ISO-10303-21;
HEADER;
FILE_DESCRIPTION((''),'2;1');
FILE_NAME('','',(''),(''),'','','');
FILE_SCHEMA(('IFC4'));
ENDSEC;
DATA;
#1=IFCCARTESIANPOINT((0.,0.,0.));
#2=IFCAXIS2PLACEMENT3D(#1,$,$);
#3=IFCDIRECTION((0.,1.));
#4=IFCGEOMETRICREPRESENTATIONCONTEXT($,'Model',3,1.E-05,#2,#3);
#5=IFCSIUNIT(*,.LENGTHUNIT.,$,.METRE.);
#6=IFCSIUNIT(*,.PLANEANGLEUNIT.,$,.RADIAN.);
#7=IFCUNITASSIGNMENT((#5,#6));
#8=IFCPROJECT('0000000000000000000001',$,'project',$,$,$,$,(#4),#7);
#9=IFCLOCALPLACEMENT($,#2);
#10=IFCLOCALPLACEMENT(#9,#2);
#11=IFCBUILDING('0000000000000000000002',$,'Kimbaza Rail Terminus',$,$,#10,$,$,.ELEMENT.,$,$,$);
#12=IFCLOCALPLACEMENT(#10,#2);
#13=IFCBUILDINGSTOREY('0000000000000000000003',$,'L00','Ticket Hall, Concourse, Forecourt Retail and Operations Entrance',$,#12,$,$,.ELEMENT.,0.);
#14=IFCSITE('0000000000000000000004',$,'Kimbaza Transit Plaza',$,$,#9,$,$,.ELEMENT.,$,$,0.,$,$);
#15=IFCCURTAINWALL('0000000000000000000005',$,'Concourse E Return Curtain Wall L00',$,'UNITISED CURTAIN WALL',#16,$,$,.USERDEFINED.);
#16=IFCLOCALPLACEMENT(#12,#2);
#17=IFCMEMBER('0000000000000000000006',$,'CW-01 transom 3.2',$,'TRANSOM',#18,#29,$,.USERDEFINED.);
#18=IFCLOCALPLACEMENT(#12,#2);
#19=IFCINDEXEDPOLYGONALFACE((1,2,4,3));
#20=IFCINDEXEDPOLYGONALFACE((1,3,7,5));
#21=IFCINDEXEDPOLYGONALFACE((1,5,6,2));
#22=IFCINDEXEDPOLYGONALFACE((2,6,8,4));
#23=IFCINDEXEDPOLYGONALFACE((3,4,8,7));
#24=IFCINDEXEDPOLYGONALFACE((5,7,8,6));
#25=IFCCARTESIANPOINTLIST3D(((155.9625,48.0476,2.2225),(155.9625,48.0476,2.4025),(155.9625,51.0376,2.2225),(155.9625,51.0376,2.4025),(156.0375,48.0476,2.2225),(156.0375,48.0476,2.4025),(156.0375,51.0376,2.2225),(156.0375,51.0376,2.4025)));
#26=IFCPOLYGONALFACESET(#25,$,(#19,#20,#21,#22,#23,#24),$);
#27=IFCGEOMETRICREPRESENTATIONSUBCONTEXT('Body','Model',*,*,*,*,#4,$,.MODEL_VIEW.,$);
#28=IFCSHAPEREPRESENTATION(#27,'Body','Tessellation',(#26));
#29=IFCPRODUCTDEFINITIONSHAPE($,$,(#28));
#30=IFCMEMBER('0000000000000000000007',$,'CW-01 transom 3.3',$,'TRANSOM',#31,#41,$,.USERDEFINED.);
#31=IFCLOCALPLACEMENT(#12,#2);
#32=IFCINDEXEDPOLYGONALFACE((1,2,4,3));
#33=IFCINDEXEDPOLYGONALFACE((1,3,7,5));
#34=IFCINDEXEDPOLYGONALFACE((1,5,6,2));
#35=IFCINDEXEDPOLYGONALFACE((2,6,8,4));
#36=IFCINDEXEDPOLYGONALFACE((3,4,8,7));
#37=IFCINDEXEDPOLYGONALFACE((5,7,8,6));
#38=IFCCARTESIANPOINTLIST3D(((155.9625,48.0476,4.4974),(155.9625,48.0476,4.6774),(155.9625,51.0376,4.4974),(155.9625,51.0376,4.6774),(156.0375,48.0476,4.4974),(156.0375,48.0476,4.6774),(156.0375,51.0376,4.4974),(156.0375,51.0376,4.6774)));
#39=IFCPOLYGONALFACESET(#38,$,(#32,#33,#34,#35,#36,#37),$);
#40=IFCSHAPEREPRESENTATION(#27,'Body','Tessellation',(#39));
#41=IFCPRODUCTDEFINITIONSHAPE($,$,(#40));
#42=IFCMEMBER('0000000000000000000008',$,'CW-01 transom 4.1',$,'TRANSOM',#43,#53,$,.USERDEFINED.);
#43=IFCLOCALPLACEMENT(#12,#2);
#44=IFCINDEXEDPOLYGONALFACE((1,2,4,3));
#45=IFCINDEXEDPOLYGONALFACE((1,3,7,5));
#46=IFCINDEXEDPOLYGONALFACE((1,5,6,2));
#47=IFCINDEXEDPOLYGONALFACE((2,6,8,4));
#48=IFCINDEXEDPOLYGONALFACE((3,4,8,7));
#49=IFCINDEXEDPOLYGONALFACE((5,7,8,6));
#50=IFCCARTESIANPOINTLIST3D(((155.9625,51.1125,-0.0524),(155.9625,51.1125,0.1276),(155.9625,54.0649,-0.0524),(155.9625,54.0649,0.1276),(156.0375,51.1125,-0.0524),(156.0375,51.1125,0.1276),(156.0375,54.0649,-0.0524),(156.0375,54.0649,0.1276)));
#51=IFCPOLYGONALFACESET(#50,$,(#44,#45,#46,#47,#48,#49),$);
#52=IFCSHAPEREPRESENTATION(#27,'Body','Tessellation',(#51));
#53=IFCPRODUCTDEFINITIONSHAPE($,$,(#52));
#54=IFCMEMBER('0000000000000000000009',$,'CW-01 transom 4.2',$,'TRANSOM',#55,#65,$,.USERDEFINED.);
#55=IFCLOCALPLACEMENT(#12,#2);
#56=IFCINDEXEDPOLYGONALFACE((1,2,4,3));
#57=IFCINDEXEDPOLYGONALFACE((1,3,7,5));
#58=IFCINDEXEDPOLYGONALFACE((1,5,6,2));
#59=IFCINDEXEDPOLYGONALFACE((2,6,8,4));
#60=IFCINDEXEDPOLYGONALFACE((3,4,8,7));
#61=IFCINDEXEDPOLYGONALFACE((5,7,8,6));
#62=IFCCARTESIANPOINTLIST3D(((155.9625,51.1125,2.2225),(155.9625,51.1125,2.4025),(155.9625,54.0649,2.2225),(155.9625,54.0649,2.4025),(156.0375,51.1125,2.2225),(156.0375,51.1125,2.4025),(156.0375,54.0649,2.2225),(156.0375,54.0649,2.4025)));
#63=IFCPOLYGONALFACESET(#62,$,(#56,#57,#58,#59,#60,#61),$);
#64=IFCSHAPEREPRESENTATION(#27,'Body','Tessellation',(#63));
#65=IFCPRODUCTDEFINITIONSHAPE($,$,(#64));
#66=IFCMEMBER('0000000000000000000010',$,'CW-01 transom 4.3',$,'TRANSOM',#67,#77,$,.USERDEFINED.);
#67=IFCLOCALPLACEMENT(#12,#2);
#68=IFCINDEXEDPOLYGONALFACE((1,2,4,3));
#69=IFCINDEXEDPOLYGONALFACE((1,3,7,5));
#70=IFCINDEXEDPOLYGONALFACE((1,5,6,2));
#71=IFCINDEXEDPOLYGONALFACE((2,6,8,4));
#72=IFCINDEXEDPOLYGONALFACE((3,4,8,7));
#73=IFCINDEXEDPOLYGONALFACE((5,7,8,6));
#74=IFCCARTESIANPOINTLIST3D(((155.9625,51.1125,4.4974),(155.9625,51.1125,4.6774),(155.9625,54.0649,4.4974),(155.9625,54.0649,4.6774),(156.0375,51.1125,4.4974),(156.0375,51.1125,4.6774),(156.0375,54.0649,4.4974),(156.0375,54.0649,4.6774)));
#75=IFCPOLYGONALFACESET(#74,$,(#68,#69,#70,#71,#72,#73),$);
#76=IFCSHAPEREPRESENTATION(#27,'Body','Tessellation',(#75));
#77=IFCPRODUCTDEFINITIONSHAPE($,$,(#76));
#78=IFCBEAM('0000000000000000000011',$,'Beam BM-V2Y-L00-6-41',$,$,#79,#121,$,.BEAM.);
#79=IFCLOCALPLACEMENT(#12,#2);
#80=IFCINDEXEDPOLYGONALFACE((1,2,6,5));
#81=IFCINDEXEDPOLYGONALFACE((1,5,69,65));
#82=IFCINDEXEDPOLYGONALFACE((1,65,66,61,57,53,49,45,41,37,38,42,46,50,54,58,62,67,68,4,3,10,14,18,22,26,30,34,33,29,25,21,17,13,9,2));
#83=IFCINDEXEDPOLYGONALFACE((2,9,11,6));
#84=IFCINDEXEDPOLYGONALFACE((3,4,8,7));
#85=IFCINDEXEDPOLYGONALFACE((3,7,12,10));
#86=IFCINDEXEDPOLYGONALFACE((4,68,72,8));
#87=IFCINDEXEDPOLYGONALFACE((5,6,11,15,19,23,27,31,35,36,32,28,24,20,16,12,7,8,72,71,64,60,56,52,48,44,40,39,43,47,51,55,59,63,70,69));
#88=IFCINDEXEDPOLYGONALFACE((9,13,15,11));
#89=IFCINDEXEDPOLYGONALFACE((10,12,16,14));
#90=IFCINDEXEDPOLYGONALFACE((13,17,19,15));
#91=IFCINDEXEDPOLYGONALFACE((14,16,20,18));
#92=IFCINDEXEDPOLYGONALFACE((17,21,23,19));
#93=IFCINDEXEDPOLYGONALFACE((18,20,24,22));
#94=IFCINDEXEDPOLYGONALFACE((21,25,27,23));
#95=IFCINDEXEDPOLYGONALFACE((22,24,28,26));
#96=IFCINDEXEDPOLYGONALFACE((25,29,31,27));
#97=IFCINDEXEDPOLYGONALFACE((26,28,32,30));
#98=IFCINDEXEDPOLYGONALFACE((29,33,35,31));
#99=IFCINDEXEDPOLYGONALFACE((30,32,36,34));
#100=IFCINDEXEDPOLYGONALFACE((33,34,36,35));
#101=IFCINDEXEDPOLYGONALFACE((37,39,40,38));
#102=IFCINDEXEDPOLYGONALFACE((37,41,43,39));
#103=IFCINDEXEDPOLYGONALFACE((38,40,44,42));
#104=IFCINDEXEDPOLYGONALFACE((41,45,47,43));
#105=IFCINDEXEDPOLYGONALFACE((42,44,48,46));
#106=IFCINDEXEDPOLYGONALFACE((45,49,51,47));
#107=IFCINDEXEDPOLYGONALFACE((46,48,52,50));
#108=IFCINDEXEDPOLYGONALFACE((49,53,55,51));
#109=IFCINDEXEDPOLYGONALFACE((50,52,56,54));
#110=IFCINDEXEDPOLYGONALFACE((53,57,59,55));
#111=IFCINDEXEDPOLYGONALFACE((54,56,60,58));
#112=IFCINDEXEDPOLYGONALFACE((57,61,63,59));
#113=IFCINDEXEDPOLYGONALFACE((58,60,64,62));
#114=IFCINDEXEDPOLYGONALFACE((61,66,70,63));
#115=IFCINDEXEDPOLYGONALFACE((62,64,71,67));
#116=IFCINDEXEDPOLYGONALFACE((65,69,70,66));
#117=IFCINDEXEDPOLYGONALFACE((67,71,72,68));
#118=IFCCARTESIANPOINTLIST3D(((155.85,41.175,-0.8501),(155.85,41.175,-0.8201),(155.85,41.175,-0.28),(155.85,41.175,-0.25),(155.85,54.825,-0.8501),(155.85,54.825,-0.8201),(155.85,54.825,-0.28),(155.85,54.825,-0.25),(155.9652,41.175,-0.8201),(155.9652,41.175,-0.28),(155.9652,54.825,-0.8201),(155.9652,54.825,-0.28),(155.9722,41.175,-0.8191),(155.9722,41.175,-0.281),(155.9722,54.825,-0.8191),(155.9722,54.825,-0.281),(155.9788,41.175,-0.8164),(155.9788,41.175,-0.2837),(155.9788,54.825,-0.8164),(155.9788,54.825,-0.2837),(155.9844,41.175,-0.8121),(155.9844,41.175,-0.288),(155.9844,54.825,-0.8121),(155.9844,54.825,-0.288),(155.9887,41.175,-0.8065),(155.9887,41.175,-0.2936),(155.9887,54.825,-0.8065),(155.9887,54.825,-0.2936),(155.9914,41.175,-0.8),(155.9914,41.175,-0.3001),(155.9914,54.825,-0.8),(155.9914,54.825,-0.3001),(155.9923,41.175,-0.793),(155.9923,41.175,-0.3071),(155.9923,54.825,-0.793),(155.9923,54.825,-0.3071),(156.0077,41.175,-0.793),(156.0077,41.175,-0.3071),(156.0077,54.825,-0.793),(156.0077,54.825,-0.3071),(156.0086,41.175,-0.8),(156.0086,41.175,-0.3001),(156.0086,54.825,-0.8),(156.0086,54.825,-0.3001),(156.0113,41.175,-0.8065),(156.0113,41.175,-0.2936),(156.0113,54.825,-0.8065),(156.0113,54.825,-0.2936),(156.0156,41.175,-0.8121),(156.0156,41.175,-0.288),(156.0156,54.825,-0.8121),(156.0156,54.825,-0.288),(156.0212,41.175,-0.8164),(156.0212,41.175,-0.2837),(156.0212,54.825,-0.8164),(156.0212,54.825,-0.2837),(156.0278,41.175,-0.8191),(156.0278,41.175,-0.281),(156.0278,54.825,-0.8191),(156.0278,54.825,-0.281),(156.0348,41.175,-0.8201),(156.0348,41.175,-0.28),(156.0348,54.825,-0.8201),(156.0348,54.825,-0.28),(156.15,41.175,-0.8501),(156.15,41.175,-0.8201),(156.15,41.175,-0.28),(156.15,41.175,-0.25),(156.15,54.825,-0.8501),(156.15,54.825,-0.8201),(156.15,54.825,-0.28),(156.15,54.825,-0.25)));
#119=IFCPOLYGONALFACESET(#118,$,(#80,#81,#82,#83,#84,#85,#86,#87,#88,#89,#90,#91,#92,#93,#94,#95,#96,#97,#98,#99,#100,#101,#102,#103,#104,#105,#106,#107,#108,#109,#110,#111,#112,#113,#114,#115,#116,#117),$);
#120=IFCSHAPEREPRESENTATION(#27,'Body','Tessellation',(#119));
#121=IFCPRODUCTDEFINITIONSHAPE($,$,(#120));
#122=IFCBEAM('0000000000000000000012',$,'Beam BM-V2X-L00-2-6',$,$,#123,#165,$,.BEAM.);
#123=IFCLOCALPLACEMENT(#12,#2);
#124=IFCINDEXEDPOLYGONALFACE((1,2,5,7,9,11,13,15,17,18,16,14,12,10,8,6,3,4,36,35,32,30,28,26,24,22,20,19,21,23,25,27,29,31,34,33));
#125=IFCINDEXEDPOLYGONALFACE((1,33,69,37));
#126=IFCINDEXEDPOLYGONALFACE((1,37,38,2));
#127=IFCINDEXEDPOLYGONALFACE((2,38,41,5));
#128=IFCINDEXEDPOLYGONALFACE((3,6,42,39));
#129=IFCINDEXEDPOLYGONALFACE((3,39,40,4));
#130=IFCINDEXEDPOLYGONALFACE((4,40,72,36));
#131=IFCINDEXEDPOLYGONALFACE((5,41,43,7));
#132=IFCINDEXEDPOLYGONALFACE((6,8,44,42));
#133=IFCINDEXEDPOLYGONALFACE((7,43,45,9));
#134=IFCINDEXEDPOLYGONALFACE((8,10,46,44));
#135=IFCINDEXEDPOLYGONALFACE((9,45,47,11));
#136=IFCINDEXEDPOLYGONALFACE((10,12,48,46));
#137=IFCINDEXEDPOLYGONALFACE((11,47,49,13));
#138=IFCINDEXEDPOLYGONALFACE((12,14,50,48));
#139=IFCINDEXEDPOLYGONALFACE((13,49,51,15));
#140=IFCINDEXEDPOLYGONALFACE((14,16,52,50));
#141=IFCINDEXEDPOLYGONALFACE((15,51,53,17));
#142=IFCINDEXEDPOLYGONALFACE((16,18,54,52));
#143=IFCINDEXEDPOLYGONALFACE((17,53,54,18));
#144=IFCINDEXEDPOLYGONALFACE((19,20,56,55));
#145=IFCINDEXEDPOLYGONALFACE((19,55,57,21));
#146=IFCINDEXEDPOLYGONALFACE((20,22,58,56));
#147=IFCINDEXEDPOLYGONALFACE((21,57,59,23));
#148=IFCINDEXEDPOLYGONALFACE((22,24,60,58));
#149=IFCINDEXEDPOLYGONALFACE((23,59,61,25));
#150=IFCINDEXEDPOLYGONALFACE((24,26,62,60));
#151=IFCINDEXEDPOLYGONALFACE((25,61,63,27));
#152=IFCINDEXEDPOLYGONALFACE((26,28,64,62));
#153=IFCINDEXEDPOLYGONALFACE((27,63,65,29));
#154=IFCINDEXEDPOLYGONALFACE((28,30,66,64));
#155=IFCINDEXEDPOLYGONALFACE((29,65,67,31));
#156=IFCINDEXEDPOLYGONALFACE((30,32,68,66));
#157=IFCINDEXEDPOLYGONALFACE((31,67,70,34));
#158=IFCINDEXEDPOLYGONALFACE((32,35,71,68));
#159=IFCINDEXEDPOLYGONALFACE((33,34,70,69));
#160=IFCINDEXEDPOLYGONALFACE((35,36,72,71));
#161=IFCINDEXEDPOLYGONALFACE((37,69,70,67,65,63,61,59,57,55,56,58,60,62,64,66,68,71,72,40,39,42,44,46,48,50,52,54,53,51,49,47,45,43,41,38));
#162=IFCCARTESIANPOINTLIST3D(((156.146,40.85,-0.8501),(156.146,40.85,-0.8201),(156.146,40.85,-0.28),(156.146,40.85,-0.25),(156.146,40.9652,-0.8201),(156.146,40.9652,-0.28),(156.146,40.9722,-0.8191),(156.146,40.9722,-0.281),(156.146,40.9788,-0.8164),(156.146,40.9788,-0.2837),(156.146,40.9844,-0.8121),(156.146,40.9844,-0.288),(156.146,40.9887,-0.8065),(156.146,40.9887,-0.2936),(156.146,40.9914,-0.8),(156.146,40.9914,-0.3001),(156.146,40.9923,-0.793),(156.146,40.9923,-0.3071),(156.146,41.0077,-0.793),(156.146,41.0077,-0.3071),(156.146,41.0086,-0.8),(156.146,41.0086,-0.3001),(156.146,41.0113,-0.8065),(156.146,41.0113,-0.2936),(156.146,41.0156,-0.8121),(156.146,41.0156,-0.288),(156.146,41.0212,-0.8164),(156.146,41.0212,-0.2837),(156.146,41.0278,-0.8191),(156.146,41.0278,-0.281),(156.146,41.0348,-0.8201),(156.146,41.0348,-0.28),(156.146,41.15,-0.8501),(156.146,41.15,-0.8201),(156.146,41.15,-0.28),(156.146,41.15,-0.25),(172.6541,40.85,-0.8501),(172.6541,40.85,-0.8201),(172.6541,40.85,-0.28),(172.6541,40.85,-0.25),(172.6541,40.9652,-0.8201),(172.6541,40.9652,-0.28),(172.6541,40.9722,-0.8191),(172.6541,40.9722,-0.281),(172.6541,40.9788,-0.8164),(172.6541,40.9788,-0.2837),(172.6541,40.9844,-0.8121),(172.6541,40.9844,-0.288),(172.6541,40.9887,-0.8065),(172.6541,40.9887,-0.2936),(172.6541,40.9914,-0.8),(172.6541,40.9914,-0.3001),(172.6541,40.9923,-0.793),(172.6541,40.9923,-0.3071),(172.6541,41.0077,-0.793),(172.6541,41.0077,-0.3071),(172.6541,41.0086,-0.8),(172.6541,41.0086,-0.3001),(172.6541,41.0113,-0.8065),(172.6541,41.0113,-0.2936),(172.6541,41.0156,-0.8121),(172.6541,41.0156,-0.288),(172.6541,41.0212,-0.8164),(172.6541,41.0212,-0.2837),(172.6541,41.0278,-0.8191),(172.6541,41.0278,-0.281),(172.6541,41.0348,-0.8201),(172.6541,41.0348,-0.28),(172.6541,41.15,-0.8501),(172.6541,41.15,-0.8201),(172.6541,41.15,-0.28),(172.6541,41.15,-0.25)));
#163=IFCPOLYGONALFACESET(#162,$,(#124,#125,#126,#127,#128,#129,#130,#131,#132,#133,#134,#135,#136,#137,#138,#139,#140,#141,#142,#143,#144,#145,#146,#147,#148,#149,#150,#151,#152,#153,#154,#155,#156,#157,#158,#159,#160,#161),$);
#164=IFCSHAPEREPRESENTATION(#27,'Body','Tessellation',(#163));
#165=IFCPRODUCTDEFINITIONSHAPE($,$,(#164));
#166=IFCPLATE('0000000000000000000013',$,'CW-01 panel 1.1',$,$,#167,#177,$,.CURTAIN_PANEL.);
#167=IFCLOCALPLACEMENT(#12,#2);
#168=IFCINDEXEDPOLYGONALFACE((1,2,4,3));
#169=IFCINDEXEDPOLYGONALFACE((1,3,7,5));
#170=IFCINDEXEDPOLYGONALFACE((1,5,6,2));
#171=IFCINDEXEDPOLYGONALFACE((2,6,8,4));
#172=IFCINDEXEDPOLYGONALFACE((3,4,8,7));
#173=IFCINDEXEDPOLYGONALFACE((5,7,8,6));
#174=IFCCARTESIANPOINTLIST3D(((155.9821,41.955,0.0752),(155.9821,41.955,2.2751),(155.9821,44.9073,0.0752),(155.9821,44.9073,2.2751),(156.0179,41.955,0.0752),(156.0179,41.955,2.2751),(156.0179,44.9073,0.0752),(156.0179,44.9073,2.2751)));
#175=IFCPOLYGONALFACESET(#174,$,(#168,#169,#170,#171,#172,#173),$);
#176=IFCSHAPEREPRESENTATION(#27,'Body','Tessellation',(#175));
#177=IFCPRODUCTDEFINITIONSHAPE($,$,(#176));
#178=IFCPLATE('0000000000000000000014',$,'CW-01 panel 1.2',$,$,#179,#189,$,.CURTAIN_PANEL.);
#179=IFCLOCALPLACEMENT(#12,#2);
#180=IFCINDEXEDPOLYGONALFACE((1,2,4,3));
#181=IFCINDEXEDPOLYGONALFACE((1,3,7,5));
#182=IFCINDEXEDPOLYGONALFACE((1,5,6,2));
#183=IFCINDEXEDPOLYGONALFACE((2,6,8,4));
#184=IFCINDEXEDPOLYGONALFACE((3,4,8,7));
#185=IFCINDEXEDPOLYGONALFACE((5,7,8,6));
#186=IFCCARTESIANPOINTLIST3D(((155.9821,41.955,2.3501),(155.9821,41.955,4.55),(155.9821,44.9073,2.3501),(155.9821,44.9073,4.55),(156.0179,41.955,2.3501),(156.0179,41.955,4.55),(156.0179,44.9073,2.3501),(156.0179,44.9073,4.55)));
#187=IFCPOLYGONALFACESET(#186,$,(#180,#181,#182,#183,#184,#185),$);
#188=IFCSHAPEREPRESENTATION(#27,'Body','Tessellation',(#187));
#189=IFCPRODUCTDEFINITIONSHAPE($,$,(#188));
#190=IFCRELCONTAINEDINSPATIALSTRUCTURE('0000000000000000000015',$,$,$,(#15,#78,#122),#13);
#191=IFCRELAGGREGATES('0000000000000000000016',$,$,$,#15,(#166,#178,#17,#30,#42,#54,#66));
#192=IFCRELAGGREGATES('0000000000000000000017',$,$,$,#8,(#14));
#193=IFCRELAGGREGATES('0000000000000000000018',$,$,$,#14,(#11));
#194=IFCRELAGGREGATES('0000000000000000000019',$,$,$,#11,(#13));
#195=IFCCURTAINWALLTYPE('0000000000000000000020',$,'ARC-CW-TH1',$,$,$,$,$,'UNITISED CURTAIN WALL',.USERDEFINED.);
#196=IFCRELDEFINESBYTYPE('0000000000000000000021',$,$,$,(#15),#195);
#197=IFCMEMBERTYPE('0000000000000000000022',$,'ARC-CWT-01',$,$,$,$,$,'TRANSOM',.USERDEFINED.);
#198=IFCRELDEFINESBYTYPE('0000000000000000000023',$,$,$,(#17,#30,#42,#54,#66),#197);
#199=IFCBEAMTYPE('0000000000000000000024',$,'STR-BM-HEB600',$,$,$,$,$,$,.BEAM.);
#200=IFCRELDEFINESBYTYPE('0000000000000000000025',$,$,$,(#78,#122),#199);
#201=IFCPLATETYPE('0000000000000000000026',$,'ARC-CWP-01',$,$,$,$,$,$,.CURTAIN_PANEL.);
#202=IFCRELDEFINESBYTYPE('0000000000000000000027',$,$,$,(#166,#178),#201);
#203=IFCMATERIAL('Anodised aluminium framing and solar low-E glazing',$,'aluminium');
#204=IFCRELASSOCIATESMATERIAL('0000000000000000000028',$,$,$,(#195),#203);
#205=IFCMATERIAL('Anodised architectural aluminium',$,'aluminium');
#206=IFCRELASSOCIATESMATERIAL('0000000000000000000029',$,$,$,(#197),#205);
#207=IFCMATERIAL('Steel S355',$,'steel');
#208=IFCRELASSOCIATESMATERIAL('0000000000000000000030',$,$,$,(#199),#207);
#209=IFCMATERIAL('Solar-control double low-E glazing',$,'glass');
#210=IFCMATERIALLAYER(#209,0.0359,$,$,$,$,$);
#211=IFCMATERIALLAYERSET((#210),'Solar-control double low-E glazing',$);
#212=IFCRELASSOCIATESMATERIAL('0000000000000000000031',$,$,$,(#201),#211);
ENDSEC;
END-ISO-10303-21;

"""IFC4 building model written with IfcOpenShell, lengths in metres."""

from ifc_helpers import new_model, si_unit, direction, frame, origin, origin_2d, place, context, subcontext, project, spatial, rectangle, i_section, extrude, material, layer, layer_set, material_profile, profile_set, type_object, element, aggregate, save


model = new_model("IFC4")

# Units and contexts
model_context = context("Model", 3, precision=1e-05, world=origin(), true_north=direction((0.0, 1.0)))
body_context = subcontext(model_context, "Body", "Model", "MODEL_VIEW")
ifc_project = project(units=[si_unit("LENGTHUNIT", "METRE"), si_unit("PLANEANGLEUNIT", "RADIAN")], contexts=[model_context])

# Site, building, storey
site_placement = place(None, origin())
site = spatial("IfcSite", under=ifc_project, at=site_placement, Name="Kimbaza Transit Plaza", CompositionType="ELEMENT", RefElevation=0.0)
building_placement = place(site_placement, origin())
building = spatial("IfcBuilding", under=site, at=building_placement, Name="Kimbaza Rail Terminus", CompositionType="ELEMENT")
storey_placement = place(building_placement, origin())
storey = spatial("IfcBuildingStorey", under=building, at=storey_placement, Name="L00", Description="Ticket Hall, Concourse, Forecourt Retail and Operations Entrance", CompositionType="ELEMENT", Elevation=0.0)

# Curtain wall, members
ifc_material_1 = material(Name="Anodised aluminium framing and solar low-E glazing", Category="aluminium")
curtain_wall_type = type_object("IfcCurtainWallType", Name="ARC-CW-TH1", ElementType="UNITISED CURTAIN WALL", PredefinedType="USERDEFINED", material=ifc_material_1)
curtain_wall_placement = place(storey_placement, origin())
curtain_wall = element("IfcCurtainWall", 1, at=curtain_wall_placement, inside=storey, type_object=curtain_wall_type, Name="Concourse E Return Curtain Wall L00", ObjectType="UNITISED CURTAIN WALL", PredefinedType="USERDEFINED")
ifc_material_2 = material(Name="Anodised architectural aluminium", Category="aluminium")
ifc_material_profile_1 = material_profile(ifc_material_2, rectangle(XDim=0.075, YDim=0.1799, at=origin_2d()), Name="TRANSOM 75x180")
ifc_profile_set_1 = profile_set([ifc_material_profile_1], Name="Anodised architectural aluminium")
member_type_1 = type_object("IfcMemberType", Name="ARC-CWT-01", ElementType="TRANSOM", PredefinedType="USERDEFINED", material=ifc_profile_set_1)
member_1_placement = place(storey_placement, frame((156.0, 48.0476, 2.3125), z_axis=(0.0, 1.0, 0.0), x_axis=(-1.0, 0.0, 0.0)))
member_1 = element("IfcMember", 2, at=member_1_placement, type_object=member_type_1, Name="CW-01 transom 3.2", ObjectType="TRANSOM", PredefinedType="USERDEFINED", context=body_context, shape_type="SweptSolid", body=[
    extrude(rectangle(XDim=0.075, YDim=0.1799, at=origin_2d()), origin(), (0.0, 0.0, 1.0), 2.99),
])
member_2_placement = place(storey_placement, frame((156.0, 48.0476, 4.5874), z_axis=(0.0, 1.0, 0.0), x_axis=(-1.0, 0.0, 0.0)))
member_2 = element("IfcMember", 3, at=member_2_placement, type_object=member_type_1, Name="CW-01 transom 3.3", ObjectType="TRANSOM", PredefinedType="USERDEFINED", context=body_context, shape_type="SweptSolid", body=[
    extrude(rectangle(XDim=0.075, YDim=0.1799, at=origin_2d()), origin(), (0.0, 0.0, 1.0), 2.99),
])
member_3_placement = place(storey_placement, frame((156.0, 51.1125, 0.0376), z_axis=(0.0, 1.0, 0.0), x_axis=(-1.0, 0.0, 0.0)))
member_3 = element("IfcMember", 4, at=member_3_placement, type_object=member_type_1, Name="CW-01 transom 4.1", ObjectType="TRANSOM", PredefinedType="USERDEFINED", context=body_context, shape_type="SweptSolid", body=[
    extrude(rectangle(XDim=0.075, YDim=0.1799, at=origin_2d()), origin(), (0.0, 0.0, 1.0), 2.9524),
])
member_4_placement = place(storey_placement, frame((156.0, 51.1125, 2.3125), z_axis=(0.0, 1.0, 0.0), x_axis=(-1.0, 0.0, 0.0)))
member_4 = element("IfcMember", 5, at=member_4_placement, type_object=member_type_1, Name="CW-01 transom 4.2", ObjectType="TRANSOM", PredefinedType="USERDEFINED", context=body_context, shape_type="SweptSolid", body=[
    extrude(rectangle(XDim=0.075, YDim=0.1799, at=origin_2d()), origin(), (0.0, 0.0, 1.0), 2.9524),
])
member_5_placement = place(storey_placement, frame((156.0, 51.1125, 4.5874), z_axis=(0.0, 1.0, 0.0), x_axis=(-1.0, 0.0, 0.0)))
member_5 = element("IfcMember", 6, at=member_5_placement, type_object=member_type_1, Name="CW-01 transom 4.3", ObjectType="TRANSOM", PredefinedType="USERDEFINED", context=body_context, shape_type="SweptSolid", body=[
    extrude(rectangle(XDim=0.075, YDim=0.1799, at=origin_2d()), origin(), (0.0, 0.0, 1.0), 2.9524),
])

# Beams
ifc_material_3 = material(Name="Steel S355", Category="steel")
ifc_material_profile_2 = material_profile(ifc_material_3, i_section(OverallWidth=0.3, OverallDepth=0.6001, WebThickness=0.0154, FlangeThickness=0.03, FilletRadius=0.0271, at=origin_2d()), Name="HEB 600")
ifc_profile_set_2 = profile_set([ifc_material_profile_2], Name="Steel S355")
beam_type = type_object("IfcBeamType", Name="STR-BM-HEB600", PredefinedType="BEAM", material=ifc_profile_set_2)
beam_1_placement = place(storey_placement, frame((156.0, 41.175, -0.55), z_axis=(0.0, 1.0, 0.0), x_axis=(-1.0, 0.0, 0.0)))
element("IfcBeam", 7, at=beam_1_placement, inside=storey, type_object=beam_type, Name="Beam BM-V2Y-L00-6-41", PredefinedType="BEAM", context=body_context, shape_type="SweptSolid", body=[
    extrude(i_section(OverallWidth=0.3, OverallDepth=0.6001, WebThickness=0.0154, FlangeThickness=0.03, FilletRadius=0.0271, at=origin_2d()), origin(), (0.0, 0.0, 1.0), 13.6499),
])
beam_2_placement = place(storey_placement, frame((156.146, 41.0, -0.55), z_axis=(1.0, 0.0, 0.0), x_axis=(0.0, 1.0, 0.0)))
element("IfcBeam", 8, at=beam_2_placement, inside=storey, type_object=beam_type, Name="Beam BM-V2X-L00-2-6", PredefinedType="BEAM", context=body_context, shape_type="SweptSolid", body=[
    extrude(i_section(OverallWidth=0.3, OverallDepth=0.6001, WebThickness=0.0154, FlangeThickness=0.03, FilletRadius=0.0271, at=origin_2d()), origin(), (0.0, 0.0, 1.0), 16.5081),
])

# Plates
ifc_material_4 = material(Name="Solar-control double low-E glazing", Category="glass")
ifc_layer_1 = layer(ifc_material_4, 0.0359)
ifc_layer_set_1 = layer_set([ifc_layer_1], Name="Solar-control double low-E glazing")
plate_type = type_object("IfcPlateType", Name="ARC-CWP-01", PredefinedType="CURTAIN_PANEL", material=ifc_layer_set_1)
plate_1_placement = place(storey_placement, frame((156.0, 43.4312, 0.0752), z_axis=(0.0, 0.0, 1.0), x_axis=(0.0, 1.0, 0.0)))
plate_1 = element("IfcPlate", 9, at=plate_1_placement, type_object=plate_type, Name="CW-01 panel 1.1", PredefinedType="CURTAIN_PANEL", context=body_context, shape_type="SweptSolid", body=[
    extrude(rectangle(XDim=2.9524, YDim=0.0359, at=origin_2d()), origin(), (0.0, 0.0, 1.0), 2.2),
])
plate_2_placement = place(storey_placement, frame((156.0, 43.4312, 2.3501), z_axis=(0.0, 0.0, 1.0), x_axis=(0.0, 1.0, 0.0)))
plate_2 = element("IfcPlate", 10, at=plate_2_placement, type_object=plate_type, Name="CW-01 panel 1.2", PredefinedType="CURTAIN_PANEL", context=body_context, shape_type="SweptSolid", body=[
    extrude(rectangle(XDim=2.9524, YDim=0.0359, at=origin_2d()), origin(), (0.0, 0.0, 1.0), 2.2),
])
aggregate(curtain_wall, [plate_1, plate_2, member_1, member_2, member_3, member_4, member_5])

save(model, "model.ifc")
